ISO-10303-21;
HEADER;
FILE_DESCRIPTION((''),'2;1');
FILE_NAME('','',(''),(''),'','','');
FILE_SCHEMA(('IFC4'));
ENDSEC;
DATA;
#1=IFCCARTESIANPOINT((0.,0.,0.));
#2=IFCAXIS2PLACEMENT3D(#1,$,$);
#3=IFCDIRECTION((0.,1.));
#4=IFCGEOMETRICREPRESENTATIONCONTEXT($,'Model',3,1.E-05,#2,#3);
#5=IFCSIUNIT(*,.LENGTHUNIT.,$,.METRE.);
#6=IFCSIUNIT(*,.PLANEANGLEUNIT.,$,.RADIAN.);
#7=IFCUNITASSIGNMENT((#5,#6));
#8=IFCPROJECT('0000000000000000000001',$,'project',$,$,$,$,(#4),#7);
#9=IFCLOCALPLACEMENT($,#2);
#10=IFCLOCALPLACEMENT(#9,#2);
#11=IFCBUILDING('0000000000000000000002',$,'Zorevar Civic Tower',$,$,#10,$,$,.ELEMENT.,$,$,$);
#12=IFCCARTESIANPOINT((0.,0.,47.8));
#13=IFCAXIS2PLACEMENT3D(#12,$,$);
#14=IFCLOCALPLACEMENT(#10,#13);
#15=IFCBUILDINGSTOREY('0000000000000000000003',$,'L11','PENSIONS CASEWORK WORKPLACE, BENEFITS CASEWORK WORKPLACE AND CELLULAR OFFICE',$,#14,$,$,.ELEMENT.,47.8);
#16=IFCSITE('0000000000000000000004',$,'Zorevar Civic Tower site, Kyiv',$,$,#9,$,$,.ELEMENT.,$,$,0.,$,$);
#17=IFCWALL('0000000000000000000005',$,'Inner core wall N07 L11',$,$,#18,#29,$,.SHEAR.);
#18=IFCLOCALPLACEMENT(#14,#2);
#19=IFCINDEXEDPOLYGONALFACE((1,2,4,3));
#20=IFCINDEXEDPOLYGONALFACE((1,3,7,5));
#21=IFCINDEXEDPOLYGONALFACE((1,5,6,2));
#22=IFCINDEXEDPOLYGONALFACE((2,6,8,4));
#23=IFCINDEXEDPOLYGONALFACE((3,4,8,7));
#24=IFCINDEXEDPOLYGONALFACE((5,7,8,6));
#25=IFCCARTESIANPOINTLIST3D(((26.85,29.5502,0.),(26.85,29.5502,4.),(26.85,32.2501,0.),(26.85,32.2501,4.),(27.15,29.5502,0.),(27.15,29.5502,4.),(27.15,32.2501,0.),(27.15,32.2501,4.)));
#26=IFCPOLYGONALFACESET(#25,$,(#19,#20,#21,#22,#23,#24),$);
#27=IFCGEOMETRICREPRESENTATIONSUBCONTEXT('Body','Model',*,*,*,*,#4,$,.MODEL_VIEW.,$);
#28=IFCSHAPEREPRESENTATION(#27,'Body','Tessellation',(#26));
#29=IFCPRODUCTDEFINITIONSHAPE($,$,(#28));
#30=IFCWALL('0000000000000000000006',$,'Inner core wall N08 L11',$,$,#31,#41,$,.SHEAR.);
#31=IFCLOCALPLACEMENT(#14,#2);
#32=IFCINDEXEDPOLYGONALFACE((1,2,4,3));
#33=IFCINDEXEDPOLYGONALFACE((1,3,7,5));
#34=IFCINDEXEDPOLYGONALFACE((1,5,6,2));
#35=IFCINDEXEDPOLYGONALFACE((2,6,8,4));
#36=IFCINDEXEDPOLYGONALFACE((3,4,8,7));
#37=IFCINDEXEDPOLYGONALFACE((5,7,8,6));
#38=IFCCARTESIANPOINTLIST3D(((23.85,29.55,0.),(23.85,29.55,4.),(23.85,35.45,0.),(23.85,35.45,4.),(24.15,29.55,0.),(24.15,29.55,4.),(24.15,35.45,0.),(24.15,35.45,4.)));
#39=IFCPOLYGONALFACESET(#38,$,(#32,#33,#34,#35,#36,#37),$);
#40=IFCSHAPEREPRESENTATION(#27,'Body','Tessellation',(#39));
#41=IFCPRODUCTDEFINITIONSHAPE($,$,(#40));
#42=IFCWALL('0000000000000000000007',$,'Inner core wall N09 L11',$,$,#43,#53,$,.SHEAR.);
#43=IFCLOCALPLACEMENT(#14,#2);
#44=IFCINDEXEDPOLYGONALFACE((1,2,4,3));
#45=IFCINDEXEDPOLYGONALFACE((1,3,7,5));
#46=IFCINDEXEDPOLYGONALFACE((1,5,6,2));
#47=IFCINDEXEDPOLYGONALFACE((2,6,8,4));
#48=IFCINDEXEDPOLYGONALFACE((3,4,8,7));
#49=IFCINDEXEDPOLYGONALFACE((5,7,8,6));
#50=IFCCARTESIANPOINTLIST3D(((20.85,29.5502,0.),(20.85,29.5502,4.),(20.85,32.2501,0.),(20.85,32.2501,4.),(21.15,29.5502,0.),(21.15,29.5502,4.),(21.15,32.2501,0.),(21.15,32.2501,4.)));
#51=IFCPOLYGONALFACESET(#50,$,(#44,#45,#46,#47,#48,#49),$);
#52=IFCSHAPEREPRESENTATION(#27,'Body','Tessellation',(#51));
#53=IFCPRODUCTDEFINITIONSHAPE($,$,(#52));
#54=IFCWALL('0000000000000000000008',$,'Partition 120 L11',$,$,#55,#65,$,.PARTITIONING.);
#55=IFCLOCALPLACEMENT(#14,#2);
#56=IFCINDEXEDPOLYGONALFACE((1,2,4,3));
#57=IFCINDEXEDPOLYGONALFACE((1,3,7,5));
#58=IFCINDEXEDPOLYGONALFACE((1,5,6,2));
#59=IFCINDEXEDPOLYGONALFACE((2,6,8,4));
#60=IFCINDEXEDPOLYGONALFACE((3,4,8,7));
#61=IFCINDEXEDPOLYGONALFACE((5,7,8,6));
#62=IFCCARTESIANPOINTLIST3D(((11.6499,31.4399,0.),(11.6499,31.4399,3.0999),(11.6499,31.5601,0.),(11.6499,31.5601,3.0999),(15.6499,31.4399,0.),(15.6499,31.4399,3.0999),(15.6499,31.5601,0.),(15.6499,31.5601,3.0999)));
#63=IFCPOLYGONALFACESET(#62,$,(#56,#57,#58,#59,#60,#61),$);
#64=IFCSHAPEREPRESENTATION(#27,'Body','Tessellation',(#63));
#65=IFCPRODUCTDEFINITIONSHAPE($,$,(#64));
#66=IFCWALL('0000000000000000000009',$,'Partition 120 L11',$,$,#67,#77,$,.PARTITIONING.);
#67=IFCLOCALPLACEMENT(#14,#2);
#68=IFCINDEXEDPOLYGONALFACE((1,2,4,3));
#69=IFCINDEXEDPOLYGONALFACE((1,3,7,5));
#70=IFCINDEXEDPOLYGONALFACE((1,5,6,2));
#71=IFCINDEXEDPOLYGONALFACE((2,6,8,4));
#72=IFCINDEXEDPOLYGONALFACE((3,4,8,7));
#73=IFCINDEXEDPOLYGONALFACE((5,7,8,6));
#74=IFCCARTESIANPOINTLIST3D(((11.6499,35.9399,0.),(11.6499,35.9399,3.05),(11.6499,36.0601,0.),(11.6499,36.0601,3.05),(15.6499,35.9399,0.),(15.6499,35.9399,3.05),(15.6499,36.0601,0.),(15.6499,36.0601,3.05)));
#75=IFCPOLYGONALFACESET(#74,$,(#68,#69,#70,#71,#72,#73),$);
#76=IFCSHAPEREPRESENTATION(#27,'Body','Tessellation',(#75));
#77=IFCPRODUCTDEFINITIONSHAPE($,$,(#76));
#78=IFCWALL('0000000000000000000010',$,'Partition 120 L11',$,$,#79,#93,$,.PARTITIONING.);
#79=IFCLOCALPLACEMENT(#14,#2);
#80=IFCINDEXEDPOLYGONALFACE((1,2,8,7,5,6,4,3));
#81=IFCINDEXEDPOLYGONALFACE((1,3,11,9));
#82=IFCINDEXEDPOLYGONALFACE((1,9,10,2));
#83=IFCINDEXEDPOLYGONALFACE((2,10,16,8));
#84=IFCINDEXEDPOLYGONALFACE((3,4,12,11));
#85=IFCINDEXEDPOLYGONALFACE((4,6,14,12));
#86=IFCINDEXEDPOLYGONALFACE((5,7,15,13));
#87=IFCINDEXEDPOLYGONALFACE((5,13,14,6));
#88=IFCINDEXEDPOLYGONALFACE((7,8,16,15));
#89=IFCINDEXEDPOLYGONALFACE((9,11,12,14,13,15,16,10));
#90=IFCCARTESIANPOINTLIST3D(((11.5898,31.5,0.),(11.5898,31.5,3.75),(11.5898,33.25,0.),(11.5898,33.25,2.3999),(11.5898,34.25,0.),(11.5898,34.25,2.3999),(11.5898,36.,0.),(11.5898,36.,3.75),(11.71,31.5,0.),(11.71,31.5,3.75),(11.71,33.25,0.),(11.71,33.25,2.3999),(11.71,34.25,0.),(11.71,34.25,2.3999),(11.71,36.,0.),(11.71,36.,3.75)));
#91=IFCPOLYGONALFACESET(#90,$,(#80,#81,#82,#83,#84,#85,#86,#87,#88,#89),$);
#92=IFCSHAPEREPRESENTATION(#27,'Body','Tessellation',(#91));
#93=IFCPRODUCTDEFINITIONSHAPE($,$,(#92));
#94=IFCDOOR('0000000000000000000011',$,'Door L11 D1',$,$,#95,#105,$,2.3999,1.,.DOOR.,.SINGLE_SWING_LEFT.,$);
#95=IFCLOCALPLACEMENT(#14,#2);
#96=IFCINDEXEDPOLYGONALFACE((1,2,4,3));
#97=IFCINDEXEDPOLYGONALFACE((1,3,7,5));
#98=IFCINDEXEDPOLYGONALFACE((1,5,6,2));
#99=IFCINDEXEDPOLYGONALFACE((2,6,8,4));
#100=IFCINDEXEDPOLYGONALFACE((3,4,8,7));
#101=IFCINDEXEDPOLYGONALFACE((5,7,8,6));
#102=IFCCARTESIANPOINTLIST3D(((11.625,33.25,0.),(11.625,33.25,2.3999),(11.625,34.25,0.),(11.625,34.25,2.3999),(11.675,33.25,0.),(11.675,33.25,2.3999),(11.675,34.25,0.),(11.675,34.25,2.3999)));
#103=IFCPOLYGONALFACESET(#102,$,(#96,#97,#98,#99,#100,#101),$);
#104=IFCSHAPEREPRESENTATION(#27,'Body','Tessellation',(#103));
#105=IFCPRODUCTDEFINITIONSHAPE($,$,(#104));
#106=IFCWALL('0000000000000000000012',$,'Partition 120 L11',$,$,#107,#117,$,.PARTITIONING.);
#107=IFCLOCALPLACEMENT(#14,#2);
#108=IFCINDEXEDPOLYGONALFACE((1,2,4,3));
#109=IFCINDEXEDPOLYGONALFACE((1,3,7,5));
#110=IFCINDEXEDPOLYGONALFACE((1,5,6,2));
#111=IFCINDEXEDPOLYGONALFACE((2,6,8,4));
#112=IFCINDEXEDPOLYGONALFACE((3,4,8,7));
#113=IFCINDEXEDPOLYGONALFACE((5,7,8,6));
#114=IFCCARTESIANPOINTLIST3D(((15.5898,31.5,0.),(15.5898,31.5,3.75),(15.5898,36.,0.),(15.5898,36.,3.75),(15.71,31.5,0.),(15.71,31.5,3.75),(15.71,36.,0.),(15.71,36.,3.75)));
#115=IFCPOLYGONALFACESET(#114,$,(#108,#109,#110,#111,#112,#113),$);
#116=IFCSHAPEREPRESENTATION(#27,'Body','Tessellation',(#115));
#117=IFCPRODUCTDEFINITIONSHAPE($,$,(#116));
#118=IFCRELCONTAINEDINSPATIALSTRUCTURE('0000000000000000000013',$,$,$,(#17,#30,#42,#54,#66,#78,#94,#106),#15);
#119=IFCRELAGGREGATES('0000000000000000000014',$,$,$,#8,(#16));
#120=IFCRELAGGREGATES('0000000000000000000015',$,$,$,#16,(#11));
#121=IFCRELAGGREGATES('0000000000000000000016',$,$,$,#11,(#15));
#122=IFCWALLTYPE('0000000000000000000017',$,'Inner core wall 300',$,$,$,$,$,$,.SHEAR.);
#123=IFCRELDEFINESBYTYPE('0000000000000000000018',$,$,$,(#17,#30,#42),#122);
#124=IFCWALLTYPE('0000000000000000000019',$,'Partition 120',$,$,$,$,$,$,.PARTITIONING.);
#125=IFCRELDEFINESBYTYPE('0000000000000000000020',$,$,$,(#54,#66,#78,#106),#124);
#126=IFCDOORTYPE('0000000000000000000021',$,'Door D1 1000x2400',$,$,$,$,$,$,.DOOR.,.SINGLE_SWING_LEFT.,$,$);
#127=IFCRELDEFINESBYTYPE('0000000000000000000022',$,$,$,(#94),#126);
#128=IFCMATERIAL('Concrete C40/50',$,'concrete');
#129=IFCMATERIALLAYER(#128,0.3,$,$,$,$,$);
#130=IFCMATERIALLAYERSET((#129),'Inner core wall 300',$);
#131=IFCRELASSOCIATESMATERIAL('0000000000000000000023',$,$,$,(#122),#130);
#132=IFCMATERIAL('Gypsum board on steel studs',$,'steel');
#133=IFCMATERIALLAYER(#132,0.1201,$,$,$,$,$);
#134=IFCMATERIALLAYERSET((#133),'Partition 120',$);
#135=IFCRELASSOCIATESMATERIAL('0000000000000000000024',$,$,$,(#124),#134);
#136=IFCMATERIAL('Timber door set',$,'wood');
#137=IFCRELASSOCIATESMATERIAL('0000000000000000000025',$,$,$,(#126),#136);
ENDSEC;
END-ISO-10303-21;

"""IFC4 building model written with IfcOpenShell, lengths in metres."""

from ifc_helpers import new_model, si_unit, direction, frame, frame_2d, origin, place, context, subcontext, project, spatial, rectangle, extrude, material, layer, layer_set, type_object, element, fill, save


model = new_model("IFC4")

# Units and contexts
model_context = context("Model", 3, precision=1e-05, world=origin(), true_north=direction((0.0, 1.0)))
body_context = subcontext(model_context, "Body", "Model", "MODEL_VIEW")
ifc_project = project(units=[si_unit("LENGTHUNIT", "METRE"), si_unit("PLANEANGLEUNIT", "RADIAN")], contexts=[model_context])

# Site, building, storey
site_placement = place(None, origin())
site = spatial("IfcSite", under=ifc_project, at=site_placement, Name="Zorevar Civic Tower site, Kyiv", CompositionType="ELEMENT", RefElevation=0.0)
building_placement = place(site_placement, origin())
building = spatial("IfcBuilding", under=site, at=building_placement, Name="Zorevar Civic Tower", CompositionType="ELEMENT")
storey_placement = place(building_placement, frame((0.0, 0.0, 47.8)))
storey = spatial("IfcBuildingStorey", under=building, at=storey_placement, Name="L11", Description="PENSIONS CASEWORK WORKPLACE, BENEFITS CASEWORK WORKPLACE AND CELLULAR OFFICE", CompositionType="ELEMENT", Elevation=47.8)

# Shared definitions
ifc_material_1 = material(Name="Concrete C40/50", Category="concrete")
ifc_layer_1 = layer(ifc_material_1, 0.3)
ifc_layer_set_1 = layer_set([ifc_layer_1], Name="Inner core wall 300")
wall_type_1 = type_object("IfcWallType", Name="Inner core wall 300", PredefinedType="SHEAR", material=ifc_layer_set_1)

# Walls
wall_1_placement = place(storey_placement, frame((27.0, 29.55, 0.0), z_axis=(0.0, 0.0, 1.0), x_axis=(0.0, 1.0, 0.0)))
element("IfcWall", 1, at=wall_1_placement, inside=storey, type_object=wall_type_1, Name="Inner core wall N07 L11", PredefinedType="SHEAR", context=body_context, shape_type="SweptSolid", body=[
    extrude(rectangle(XDim=2.7, YDim=0.3, at=frame_2d((1.3501, 0.0))), origin(), (0.0, 0.0, 1.0), 4.0),
])
wall_2_placement = place(storey_placement, frame((24.0, 29.55, 0.0), z_axis=(0.0, 0.0, 1.0), x_axis=(0.0, 1.0, 0.0)))
element("IfcWall", 2, at=wall_2_placement, inside=storey, type_object=wall_type_1, Name="Inner core wall N08 L11", PredefinedType="SHEAR", context=body_context, shape_type="SweptSolid", body=[
    extrude(rectangle(XDim=5.8999, YDim=0.3, at=frame_2d((2.95, 0.0))), origin(), (0.0, 0.0, 1.0), 4.0),
])
wall_3_placement = place(storey_placement, frame((21.0, 29.55, 0.0), z_axis=(0.0, 0.0, 1.0), x_axis=(0.0, 1.0, 0.0)))
element("IfcWall", 3, at=wall_3_placement, inside=storey, type_object=wall_type_1, Name="Inner core wall N09 L11", PredefinedType="SHEAR", context=body_context, shape_type="SweptSolid", body=[
    extrude(rectangle(XDim=2.7, YDim=0.3, at=frame_2d((1.3501, 0.0))), origin(), (0.0, 0.0, 1.0), 4.0),
])
ifc_material_2 = material(Name="Gypsum board on steel studs", Category="steel")
ifc_layer_2 = layer(ifc_material_2, 0.1201)
ifc_layer_set_2 = layer_set([ifc_layer_2], Name="Partition 120")
wall_type_2 = type_object("IfcWallType", Name="Partition 120", PredefinedType="PARTITIONING", material=ifc_layer_set_2)
wall_4_placement = place(storey_placement, frame((11.6499, 31.5, 0.0), z_axis=(0.0, 0.0, 1.0), x_axis=(1.0, 0.0, 0.0)))
element("IfcWall", 4, at=wall_4_placement, inside=storey, type_object=wall_type_2, Name="Partition 120 L11", PredefinedType="PARTITIONING", context=body_context, shape_type="SweptSolid", body=[
    extrude(rectangle(XDim=4.0, YDim=0.1201, at=frame_2d((2.0, 0.0))), origin(), (0.0, 0.0, 1.0), 3.0999),
])
wall_5_placement = place(storey_placement, frame((11.6499, 36.0, 0.0), z_axis=(0.0, 0.0, 1.0), x_axis=(1.0, 0.0, 0.0)))
element("IfcWall", 5, at=wall_5_placement, inside=storey, type_object=wall_type_2, Name="Partition 120 L11", PredefinedType="PARTITIONING", context=body_context, shape_type="SweptSolid", body=[
    extrude(rectangle(XDim=4.0, YDim=0.1201, at=frame_2d((2.0, 0.0))), origin(), (0.0, 0.0, 1.0), 3.05),
])

# Wall, opening, door
wall_6_placement = place(storey_placement, frame((11.6499, 31.5, 0.0), z_axis=(0.0, 0.0, 1.0), x_axis=(0.0, 1.0, 0.0)))
wall_6 = element("IfcWall", 6, at=wall_6_placement, inside=storey, type_object=wall_type_2, Name="Partition 120 L11", PredefinedType="PARTITIONING", context=body_context, shape_type="SweptSolid", body=[
    extrude(rectangle(XDim=4.5, YDim=0.1201, at=frame_2d((2.25, 0.0))), origin(), (0.0, 0.0, 1.0), 3.75),
])
opening_1_placement = place(wall_6_placement, frame((1.75, 0.0, 0.0)))
opening_1 = element("IfcOpeningElement", 7, at=opening_1_placement, cuts=wall_6, PredefinedType="OPENING", context=body_context, shape_type="SweptSolid", body=[
    extrude(rectangle(XDim=1.0, YDim=2.3999, at=frame_2d((0.5, 1.2))), frame((0.0, 0.0701, 0.0), z_axis=(0.0, -1.0, 0.0), x_axis=(1.0, 0.0, 0.0)), (0.0, 0.0, 1.0), 0.1401),
])
ifc_material_3 = material(Name="Timber door set", Category="wood")
door_type_1 = type_object("IfcDoorType", Name="Door D1 1000x2400", OperationType="SINGLE_SWING_LEFT", PredefinedType="DOOR", material=ifc_material_3)
door_1_placement = place(opening_1_placement, origin())
door_1 = element("IfcDoor", 8, at=door_1_placement, inside=storey, type_object=door_type_1, Name="Door L11 D1", OperationType="SINGLE_SWING_LEFT", OverallHeight=2.3999, OverallWidth=1.0, PredefinedType="DOOR", context=body_context, shape_type="SweptSolid", body=[
    extrude(rectangle(XDim=1.0, YDim=2.3999, at=frame_2d((0.5, 1.2))), frame((0.0, 0.0249, 0.0), z_axis=(0.0, -1.0, 0.0), x_axis=(1.0, 0.0, 0.0)), (0.0, 0.0, 1.0), 0.05),
])
fill(opening_1, door_1)

# Wall
wall_7_placement = place(storey_placement, frame((15.6499, 31.5, 0.0), z_axis=(0.0, 0.0, 1.0), x_axis=(0.0, 1.0, 0.0)))
element("IfcWall", 9, at=wall_7_placement, inside=storey, type_object=wall_type_2, Name="Partition 120 L11", PredefinedType="PARTITIONING", context=body_context, shape_type="SweptSolid", body=[
    extrude(rectangle(XDim=4.5, YDim=0.1201, at=frame_2d((2.25, 0.0))), origin(), (0.0, 0.0, 1.0), 3.75),
])

save(model, "model.ifc")
